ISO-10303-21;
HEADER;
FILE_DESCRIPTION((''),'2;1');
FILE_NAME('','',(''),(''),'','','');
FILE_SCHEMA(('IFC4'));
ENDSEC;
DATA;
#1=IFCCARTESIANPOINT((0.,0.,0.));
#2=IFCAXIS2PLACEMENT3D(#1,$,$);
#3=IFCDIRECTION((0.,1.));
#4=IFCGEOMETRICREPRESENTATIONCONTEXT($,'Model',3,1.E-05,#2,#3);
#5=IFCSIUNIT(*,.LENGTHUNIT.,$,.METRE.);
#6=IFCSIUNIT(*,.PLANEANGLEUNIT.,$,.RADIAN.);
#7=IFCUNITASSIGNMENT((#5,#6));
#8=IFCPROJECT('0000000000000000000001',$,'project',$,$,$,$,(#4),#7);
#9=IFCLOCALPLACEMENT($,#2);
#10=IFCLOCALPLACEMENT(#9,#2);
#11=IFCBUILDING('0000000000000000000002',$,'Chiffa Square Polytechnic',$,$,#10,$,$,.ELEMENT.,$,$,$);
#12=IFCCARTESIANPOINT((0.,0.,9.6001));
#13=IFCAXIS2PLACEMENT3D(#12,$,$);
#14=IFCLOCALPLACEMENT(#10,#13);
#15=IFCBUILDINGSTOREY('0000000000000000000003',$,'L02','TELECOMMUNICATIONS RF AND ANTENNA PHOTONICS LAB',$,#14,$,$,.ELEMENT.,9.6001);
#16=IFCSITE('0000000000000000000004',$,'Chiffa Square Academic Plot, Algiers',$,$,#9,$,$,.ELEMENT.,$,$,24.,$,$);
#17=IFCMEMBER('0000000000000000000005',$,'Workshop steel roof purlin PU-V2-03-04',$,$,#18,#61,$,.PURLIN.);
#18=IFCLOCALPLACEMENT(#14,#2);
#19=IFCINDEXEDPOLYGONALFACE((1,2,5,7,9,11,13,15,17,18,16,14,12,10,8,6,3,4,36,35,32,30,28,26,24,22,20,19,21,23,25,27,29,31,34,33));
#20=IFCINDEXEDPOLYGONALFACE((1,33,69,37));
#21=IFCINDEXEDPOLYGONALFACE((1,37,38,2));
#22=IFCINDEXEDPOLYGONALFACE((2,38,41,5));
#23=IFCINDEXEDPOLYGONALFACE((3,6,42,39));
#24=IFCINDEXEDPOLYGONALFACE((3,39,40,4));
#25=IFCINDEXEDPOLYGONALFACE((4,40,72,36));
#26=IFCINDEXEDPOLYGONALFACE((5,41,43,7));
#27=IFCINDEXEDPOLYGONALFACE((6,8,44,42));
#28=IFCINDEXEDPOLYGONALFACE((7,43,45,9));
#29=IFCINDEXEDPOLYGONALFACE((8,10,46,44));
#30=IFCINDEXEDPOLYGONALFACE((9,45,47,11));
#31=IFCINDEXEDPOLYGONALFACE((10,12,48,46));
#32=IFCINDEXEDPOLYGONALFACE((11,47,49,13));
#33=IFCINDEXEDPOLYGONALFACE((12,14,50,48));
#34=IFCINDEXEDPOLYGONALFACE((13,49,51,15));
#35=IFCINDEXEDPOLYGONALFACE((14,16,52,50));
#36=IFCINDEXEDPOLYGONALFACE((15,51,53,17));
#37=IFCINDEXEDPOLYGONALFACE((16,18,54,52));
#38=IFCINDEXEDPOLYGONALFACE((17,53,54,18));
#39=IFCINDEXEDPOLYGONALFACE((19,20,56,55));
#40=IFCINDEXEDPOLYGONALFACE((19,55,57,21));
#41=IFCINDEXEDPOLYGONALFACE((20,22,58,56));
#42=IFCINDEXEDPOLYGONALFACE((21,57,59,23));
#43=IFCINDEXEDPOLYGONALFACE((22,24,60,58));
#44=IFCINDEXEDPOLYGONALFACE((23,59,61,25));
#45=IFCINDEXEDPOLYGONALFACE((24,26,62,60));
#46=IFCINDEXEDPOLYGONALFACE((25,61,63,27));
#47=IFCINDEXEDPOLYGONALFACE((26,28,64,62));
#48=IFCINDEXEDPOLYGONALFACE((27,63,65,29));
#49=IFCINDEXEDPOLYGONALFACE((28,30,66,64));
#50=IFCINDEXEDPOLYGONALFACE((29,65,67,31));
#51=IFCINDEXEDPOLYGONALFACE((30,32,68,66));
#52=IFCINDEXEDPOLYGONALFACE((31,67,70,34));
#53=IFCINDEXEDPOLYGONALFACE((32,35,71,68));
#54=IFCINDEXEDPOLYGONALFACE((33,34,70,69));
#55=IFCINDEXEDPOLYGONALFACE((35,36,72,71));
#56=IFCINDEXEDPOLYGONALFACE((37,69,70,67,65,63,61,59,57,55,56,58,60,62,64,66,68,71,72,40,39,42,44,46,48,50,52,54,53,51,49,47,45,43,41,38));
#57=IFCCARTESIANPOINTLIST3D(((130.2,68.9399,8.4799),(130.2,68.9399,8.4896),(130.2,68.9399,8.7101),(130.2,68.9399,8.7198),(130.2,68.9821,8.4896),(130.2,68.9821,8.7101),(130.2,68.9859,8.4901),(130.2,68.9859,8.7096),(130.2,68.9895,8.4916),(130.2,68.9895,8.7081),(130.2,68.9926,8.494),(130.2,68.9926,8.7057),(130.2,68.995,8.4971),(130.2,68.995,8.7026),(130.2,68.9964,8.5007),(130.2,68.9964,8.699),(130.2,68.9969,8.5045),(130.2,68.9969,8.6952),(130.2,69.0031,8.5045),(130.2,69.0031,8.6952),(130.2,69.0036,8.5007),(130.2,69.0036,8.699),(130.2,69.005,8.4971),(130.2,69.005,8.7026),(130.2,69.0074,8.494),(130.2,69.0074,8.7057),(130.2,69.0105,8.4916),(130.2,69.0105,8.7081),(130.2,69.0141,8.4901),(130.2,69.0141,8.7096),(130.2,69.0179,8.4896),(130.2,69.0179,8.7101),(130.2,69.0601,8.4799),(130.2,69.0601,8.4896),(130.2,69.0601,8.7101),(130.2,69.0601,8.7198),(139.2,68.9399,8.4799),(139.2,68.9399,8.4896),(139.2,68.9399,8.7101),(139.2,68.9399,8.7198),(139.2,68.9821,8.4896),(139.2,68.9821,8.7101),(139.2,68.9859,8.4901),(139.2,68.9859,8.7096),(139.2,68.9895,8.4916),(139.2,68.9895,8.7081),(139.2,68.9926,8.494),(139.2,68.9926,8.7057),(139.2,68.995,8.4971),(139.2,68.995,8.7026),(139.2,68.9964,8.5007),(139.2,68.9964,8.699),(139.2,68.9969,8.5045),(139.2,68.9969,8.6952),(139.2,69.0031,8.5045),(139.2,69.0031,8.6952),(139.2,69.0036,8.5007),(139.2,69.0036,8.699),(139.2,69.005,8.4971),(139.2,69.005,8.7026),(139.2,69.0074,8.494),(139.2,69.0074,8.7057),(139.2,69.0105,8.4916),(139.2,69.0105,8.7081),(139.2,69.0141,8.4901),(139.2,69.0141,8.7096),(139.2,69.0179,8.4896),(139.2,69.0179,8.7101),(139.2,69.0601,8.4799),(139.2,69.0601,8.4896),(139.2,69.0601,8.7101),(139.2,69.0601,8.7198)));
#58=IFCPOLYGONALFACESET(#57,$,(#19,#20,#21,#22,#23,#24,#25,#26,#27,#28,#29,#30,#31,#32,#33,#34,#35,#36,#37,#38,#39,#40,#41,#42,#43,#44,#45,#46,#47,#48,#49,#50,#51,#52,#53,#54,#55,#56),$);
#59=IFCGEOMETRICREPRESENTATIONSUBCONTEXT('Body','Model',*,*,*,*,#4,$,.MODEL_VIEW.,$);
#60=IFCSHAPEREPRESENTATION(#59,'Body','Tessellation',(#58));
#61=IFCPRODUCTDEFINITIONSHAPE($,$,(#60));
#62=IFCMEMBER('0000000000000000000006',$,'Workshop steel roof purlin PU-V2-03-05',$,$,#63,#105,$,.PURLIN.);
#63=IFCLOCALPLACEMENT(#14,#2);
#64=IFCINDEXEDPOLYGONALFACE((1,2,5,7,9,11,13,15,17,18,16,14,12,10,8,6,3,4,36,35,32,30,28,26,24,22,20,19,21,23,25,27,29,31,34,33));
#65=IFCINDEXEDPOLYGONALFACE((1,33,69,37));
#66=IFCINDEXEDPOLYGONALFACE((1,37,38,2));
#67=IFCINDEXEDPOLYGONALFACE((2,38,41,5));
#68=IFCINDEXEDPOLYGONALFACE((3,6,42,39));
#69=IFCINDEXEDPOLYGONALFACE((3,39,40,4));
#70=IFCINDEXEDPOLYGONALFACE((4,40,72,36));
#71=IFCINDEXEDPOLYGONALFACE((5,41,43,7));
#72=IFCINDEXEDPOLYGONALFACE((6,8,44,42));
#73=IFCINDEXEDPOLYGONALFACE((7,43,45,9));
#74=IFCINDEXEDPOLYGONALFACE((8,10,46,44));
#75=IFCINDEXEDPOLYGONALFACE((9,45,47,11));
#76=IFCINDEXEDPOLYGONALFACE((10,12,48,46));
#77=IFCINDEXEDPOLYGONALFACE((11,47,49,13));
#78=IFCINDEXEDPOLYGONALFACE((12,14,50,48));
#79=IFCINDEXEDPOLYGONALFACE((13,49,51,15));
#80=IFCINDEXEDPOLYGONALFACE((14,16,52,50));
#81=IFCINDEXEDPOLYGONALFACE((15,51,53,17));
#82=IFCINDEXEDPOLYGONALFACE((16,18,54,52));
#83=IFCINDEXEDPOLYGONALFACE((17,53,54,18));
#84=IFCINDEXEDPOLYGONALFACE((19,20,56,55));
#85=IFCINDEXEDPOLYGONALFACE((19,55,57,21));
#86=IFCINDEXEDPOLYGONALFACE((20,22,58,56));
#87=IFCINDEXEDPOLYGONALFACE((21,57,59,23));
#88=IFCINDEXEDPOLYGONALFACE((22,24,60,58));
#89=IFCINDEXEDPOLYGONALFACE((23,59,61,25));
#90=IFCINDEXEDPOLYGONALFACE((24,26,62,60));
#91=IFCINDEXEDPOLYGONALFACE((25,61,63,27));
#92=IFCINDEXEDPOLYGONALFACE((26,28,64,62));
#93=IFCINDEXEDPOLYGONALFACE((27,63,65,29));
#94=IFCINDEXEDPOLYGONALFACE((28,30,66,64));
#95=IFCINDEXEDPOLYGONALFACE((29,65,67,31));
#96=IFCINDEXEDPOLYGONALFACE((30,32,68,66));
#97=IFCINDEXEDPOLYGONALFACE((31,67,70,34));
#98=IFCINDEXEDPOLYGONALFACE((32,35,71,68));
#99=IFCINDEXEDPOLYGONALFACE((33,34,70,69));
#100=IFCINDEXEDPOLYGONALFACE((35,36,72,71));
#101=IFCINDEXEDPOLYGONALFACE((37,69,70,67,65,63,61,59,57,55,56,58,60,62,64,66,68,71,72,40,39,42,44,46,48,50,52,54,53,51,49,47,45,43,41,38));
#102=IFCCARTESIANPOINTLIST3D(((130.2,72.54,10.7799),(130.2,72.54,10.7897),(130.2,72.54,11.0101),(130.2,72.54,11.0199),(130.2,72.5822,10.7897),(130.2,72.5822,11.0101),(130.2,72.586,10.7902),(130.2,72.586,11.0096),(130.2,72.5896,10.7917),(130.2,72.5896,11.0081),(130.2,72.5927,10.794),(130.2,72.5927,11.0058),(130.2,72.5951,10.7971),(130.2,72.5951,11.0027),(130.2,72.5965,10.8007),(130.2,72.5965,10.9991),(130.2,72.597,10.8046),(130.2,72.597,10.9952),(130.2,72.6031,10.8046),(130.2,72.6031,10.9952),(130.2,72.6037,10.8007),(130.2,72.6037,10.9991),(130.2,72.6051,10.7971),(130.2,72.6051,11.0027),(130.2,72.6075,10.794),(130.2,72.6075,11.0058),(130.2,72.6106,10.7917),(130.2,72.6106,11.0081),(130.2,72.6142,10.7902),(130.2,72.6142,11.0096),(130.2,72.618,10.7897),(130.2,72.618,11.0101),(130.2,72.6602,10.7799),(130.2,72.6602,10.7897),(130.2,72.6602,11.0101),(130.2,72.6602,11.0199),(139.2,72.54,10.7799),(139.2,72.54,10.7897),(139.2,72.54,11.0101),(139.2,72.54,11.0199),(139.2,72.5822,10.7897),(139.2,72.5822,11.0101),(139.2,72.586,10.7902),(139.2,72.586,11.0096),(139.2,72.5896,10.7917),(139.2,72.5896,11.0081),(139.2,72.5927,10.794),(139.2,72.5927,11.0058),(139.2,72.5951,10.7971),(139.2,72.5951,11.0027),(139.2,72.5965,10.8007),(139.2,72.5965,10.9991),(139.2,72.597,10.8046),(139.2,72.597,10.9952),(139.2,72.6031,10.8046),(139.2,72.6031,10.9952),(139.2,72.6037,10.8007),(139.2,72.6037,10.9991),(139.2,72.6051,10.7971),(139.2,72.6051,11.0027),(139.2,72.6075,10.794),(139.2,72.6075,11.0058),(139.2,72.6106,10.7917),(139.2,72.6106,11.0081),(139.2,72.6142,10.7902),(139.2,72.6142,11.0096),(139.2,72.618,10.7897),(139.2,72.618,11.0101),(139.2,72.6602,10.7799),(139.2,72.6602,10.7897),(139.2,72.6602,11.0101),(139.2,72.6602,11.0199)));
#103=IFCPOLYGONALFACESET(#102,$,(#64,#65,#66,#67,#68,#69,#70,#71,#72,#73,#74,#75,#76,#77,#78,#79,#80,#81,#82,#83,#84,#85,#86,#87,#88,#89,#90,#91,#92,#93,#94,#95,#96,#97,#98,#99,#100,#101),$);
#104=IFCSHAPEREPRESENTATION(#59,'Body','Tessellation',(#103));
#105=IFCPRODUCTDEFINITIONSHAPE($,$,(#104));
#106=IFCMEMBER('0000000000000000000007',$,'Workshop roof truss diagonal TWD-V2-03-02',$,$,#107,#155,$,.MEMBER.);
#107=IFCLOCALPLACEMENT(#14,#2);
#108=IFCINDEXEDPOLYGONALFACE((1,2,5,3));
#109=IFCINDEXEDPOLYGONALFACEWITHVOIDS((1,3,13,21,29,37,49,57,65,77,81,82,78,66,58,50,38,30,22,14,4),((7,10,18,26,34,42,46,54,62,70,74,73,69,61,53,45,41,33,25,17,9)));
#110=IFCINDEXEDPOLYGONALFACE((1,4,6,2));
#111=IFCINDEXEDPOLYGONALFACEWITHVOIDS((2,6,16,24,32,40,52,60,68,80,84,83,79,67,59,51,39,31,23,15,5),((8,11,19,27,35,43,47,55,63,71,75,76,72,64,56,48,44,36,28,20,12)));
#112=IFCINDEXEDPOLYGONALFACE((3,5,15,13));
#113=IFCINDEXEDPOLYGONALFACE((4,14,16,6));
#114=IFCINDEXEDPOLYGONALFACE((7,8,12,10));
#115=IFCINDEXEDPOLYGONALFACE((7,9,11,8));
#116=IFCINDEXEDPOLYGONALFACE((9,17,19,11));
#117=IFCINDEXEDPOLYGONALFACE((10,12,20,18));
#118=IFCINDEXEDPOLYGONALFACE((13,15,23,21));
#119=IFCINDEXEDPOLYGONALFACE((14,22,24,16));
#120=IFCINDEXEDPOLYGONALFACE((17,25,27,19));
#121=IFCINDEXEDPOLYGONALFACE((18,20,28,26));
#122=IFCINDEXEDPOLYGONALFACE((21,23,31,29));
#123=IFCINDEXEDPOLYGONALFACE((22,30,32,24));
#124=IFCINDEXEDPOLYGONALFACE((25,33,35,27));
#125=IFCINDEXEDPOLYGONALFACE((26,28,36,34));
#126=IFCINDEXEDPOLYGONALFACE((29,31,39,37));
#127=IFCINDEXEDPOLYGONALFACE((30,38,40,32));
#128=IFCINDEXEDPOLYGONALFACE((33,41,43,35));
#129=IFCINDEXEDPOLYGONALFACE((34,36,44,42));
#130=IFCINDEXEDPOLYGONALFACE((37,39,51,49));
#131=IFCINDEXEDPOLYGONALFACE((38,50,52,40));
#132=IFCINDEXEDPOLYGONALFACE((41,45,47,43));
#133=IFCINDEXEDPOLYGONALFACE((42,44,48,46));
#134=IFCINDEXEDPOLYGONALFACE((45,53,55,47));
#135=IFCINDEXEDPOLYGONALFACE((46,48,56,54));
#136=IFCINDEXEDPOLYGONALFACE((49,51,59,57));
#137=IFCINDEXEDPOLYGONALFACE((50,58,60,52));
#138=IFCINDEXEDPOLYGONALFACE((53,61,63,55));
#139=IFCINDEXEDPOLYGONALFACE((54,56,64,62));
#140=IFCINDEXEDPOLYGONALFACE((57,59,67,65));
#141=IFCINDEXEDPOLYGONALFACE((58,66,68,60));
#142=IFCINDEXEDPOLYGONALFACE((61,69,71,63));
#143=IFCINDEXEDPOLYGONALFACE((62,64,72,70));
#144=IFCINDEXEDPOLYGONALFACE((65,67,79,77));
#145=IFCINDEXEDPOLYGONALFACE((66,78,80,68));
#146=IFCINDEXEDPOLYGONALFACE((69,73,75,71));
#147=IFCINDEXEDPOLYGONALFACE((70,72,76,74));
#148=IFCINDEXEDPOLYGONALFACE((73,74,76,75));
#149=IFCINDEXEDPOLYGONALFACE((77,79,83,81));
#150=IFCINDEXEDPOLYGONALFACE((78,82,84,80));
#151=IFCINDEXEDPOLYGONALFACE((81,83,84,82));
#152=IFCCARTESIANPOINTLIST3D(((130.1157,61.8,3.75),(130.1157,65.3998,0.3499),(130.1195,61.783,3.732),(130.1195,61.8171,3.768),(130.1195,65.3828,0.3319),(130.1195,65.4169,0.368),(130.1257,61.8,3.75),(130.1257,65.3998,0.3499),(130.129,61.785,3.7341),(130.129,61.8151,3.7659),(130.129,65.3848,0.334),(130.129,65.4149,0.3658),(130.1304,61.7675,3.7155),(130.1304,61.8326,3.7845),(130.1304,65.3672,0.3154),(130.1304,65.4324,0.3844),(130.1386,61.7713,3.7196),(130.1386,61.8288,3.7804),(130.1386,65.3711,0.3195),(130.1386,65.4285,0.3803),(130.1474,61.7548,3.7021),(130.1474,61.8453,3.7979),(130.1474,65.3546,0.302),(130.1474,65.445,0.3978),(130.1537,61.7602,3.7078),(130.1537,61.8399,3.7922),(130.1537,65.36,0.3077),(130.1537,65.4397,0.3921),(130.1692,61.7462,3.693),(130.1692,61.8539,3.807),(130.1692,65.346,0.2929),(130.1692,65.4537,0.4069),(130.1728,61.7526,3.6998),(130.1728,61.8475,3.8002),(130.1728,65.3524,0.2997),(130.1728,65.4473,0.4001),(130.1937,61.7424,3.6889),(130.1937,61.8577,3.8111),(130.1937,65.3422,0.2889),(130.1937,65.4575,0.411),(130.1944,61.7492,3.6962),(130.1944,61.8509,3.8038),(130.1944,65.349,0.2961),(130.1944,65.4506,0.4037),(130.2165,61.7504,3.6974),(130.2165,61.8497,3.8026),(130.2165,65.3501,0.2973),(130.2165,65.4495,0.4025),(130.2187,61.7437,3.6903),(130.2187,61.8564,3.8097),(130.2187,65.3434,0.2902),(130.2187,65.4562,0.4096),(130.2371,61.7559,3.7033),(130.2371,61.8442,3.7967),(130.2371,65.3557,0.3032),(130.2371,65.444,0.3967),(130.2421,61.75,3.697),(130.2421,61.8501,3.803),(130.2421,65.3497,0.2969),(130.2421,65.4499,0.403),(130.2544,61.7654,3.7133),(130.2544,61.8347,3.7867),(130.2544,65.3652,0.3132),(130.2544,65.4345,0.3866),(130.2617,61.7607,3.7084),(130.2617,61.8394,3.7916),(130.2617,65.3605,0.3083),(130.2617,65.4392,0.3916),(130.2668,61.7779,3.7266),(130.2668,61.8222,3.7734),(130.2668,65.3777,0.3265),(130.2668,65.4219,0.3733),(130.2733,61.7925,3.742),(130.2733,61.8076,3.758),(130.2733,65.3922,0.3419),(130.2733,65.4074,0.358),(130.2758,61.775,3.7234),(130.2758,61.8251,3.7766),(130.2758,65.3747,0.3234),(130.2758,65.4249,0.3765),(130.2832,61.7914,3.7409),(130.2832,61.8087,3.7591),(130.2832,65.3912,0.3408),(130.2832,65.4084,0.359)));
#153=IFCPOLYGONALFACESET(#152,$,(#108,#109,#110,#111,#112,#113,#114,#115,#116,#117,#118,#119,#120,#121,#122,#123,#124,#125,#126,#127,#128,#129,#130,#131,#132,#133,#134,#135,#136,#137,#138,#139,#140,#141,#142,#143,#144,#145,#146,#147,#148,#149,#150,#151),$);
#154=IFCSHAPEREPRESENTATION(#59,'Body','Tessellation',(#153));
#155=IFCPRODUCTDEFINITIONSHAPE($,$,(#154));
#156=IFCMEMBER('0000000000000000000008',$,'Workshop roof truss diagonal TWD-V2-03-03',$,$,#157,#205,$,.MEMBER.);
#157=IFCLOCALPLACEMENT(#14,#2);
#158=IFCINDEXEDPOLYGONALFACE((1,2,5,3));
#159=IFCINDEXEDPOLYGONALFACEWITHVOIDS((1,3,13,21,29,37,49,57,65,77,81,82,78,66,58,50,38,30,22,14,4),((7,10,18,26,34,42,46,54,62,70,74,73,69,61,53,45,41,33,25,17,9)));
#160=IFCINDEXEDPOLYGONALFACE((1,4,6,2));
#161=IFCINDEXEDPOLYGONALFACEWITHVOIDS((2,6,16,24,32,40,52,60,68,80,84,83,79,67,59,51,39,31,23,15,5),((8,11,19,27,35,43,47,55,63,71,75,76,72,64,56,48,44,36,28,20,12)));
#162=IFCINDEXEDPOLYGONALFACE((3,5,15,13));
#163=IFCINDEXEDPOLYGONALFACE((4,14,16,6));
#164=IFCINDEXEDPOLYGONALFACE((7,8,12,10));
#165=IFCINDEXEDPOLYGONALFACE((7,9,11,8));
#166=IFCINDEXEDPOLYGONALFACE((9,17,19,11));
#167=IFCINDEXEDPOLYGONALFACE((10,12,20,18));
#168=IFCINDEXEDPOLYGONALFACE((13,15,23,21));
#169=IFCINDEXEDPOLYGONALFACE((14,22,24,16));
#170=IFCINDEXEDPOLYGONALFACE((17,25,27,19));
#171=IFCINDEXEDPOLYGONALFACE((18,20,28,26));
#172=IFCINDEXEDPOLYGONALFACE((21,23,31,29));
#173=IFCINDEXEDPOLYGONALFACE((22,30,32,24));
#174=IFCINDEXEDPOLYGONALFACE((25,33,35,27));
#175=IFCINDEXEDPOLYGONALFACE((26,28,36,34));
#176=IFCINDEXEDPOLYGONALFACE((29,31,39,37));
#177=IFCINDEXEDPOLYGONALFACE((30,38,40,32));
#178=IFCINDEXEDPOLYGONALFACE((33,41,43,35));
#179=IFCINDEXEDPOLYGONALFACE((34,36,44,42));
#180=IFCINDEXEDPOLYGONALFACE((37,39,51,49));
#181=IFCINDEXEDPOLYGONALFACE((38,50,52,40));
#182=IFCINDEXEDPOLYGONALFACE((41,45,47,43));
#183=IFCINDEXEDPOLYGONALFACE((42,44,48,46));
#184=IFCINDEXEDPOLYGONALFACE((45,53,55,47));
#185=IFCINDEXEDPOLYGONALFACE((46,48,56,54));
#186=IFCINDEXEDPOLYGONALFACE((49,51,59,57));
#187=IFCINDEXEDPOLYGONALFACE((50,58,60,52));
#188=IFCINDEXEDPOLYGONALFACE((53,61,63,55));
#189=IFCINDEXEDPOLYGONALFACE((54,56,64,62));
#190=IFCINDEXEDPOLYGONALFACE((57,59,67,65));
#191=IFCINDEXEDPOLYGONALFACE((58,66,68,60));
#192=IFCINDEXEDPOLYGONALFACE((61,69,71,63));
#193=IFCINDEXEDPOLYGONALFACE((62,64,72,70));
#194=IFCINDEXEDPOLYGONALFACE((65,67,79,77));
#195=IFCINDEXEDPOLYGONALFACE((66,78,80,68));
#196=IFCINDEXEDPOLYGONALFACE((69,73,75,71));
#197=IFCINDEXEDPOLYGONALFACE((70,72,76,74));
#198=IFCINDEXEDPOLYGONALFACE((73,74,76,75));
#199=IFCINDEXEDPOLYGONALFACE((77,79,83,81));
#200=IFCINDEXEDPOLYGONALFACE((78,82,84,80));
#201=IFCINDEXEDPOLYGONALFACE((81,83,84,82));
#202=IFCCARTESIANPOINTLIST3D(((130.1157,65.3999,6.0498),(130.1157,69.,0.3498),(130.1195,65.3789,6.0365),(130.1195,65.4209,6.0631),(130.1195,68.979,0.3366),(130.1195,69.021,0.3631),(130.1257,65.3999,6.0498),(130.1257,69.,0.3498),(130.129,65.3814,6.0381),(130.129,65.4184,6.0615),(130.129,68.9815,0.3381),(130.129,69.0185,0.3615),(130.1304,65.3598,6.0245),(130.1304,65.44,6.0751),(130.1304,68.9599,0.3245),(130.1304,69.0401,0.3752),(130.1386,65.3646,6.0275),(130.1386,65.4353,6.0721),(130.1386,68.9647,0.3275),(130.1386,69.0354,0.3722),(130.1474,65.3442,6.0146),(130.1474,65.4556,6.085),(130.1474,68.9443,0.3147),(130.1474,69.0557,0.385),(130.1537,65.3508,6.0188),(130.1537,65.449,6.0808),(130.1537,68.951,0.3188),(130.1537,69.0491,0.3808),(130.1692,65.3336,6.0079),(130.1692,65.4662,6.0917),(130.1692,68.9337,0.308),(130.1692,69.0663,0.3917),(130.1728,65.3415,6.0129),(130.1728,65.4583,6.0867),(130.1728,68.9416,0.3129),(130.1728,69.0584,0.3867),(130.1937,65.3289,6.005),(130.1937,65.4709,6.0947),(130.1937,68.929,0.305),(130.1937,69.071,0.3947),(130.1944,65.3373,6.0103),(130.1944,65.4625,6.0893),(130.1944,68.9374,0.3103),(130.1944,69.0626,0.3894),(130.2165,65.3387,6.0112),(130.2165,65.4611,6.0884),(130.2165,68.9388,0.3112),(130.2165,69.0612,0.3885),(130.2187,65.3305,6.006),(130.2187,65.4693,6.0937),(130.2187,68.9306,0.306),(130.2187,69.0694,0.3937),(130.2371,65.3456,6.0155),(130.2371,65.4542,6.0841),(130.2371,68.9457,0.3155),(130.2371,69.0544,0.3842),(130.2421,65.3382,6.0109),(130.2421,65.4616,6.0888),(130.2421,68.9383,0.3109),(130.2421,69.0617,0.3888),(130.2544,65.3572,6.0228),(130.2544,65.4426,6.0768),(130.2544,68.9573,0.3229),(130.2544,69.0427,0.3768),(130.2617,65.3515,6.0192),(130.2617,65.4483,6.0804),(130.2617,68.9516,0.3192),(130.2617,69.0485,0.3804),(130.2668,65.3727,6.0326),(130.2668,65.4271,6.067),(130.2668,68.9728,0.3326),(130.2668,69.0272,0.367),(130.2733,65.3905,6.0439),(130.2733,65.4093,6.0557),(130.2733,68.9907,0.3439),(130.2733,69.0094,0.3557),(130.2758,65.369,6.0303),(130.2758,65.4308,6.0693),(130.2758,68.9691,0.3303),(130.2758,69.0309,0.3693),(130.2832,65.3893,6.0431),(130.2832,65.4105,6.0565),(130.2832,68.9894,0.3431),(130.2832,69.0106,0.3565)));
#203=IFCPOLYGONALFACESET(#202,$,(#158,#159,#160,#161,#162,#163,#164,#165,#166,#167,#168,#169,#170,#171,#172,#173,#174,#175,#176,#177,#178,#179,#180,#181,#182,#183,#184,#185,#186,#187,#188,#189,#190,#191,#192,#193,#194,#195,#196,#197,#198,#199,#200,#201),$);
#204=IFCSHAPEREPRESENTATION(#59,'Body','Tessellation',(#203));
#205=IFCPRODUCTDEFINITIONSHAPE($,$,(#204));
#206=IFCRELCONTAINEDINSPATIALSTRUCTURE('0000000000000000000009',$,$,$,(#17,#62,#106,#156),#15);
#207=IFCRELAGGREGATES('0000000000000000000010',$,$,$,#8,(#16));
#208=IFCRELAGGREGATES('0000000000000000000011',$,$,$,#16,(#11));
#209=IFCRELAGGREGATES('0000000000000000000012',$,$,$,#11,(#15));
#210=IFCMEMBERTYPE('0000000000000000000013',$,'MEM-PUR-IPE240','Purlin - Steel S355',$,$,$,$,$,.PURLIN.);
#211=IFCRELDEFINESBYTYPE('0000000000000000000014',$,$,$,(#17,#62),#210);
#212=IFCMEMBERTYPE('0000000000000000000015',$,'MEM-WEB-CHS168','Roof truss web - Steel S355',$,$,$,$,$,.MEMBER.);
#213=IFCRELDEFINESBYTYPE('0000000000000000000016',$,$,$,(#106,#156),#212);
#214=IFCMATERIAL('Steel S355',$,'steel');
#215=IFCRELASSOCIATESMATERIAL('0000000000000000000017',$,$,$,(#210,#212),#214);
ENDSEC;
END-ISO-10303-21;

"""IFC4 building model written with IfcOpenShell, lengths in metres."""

from ifc_helpers import new_model, si_unit, direction, frame, origin, origin_2d, place, context, subcontext, project, spatial, hollow_circle, i_section, extrude, material, material_profile, profile_set, type_object, element, save


model = new_model("IFC4")

# Units and contexts
model_context = context("Model", 3, precision=1e-05, world=origin(), true_north=direction((0.0, 1.0)))
body_context = subcontext(model_context, "Body", "Model", "MODEL_VIEW")
ifc_project = project(units=[si_unit("LENGTHUNIT", "METRE"), si_unit("PLANEANGLEUNIT", "RADIAN")], contexts=[model_context])

# Site, building, storey
site_placement = place(None, origin())
site = spatial("IfcSite", under=ifc_project, at=site_placement, Name="Chiffa Square Academic Plot, Algiers", CompositionType="ELEMENT", RefElevation=24.0)
building_placement = place(site_placement, origin())
building = spatial("IfcBuilding", under=site, at=building_placement, Name="Chiffa Square Polytechnic", CompositionType="ELEMENT")
storey_placement = place(building_placement, frame((0.0, 0.0, 9.6001)))
storey = spatial("IfcBuildingStorey", under=building, at=storey_placement, Name="L02", Description="TELECOMMUNICATIONS RF AND ANTENNA PHOTONICS LAB", CompositionType="ELEMENT", Elevation=9.6001)

# Shared definitions
ifc_material_1 = material(Name="Steel S355", Category="steel")

# Members
ifc_material_profile_1 = material_profile(ifc_material_1, i_section(OverallWidth=0.1201, OverallDepth=0.24, WebThickness=0.0061, FlangeThickness=0.0098, FilletRadius=0.0149, at=origin_2d()), Name="IPE 240")
ifc_profile_set_1 = profile_set([ifc_material_profile_1], Name="Steel S355")
member_type_1 = type_object("IfcMemberType", Name="MEM-PUR-IPE240", Description="Purlin - Steel S355", PredefinedType="PURLIN", material=ifc_profile_set_1)
for number, where, z_axis, x_axis, name in (
    (1, (130.2, 69.0, 8.5999), (1.0, 0.0, 0.0), (0.0, 1.0, 0.0), "Workshop steel roof purlin PU-V2-03-04"),
    (2, (130.2, 72.6001, 10.8999), (1.0, 0.0, 0.0), (0.0, 1.0, 0.0), "Workshop steel roof purlin PU-V2-03-05"),
):
    element("IfcMember", number, at=place(storey_placement, frame(where, z_axis=z_axis, x_axis=x_axis)), inside=storey, type_object=member_type_1, Name=name, PredefinedType="PURLIN", context=body_context, shape_type="SweptSolid", body=[
        extrude(i_section(OverallWidth=0.1201, OverallDepth=0.24, WebThickness=0.0061, FlangeThickness=0.0098, FilletRadius=0.0149, at=origin_2d()), origin(), (0.0, 0.0, 1.0), 9.0),
    ])
ifc_material_profile_2 = material_profile(ifc_material_1, hollow_circle(Radius=0.0842, WallThickness=0.01, at=origin_2d()), Name="CHS 168.3x10")
ifc_profile_set_2 = profile_set([ifc_material_profile_2], Name="Steel S355")
member_type_2 = type_object("IfcMemberType", Name="MEM-WEB-CHS168", Description="Roof truss web - Steel S355", PredefinedType="MEMBER", material=ifc_profile_set_2)
member_1_placement = place(storey_placement, frame((130.2, 61.8, 3.75), z_axis=(0.0, 0.726984, -0.686654), x_axis=(-1.0, 0.0, 0.0)))
element("IfcMember", 3, at=member_1_placement, inside=storey, type_object=member_type_2, Name="Workshop roof truss diagonal TWD-V2-03-02", PredefinedType="MEMBER", context=body_context, shape_type="SweptSolid", body=[
    extrude(hollow_circle(Radius=0.0842, WallThickness=0.01, at=origin_2d()), origin(), (0.0, 0.0, 1.0), 4.9517),
])
member_2_placement = place(storey_placement, frame((130.2, 65.3999, 6.0498), z_axis=(0.0, 0.534007, -0.84548), x_axis=(-1.0, 0.0, 0.0)))
element("IfcMember", 4, at=member_2_placement, inside=storey, type_object=member_type_2, Name="Workshop roof truss diagonal TWD-V2-03-03", PredefinedType="MEMBER", context=body_context, shape_type="SweptSolid", body=[
    extrude(hollow_circle(Radius=0.0842, WallThickness=0.01, at=origin_2d()), origin(), (0.0, 0.0, 1.0), 6.7417),
])

save(model, "model.ifc")
